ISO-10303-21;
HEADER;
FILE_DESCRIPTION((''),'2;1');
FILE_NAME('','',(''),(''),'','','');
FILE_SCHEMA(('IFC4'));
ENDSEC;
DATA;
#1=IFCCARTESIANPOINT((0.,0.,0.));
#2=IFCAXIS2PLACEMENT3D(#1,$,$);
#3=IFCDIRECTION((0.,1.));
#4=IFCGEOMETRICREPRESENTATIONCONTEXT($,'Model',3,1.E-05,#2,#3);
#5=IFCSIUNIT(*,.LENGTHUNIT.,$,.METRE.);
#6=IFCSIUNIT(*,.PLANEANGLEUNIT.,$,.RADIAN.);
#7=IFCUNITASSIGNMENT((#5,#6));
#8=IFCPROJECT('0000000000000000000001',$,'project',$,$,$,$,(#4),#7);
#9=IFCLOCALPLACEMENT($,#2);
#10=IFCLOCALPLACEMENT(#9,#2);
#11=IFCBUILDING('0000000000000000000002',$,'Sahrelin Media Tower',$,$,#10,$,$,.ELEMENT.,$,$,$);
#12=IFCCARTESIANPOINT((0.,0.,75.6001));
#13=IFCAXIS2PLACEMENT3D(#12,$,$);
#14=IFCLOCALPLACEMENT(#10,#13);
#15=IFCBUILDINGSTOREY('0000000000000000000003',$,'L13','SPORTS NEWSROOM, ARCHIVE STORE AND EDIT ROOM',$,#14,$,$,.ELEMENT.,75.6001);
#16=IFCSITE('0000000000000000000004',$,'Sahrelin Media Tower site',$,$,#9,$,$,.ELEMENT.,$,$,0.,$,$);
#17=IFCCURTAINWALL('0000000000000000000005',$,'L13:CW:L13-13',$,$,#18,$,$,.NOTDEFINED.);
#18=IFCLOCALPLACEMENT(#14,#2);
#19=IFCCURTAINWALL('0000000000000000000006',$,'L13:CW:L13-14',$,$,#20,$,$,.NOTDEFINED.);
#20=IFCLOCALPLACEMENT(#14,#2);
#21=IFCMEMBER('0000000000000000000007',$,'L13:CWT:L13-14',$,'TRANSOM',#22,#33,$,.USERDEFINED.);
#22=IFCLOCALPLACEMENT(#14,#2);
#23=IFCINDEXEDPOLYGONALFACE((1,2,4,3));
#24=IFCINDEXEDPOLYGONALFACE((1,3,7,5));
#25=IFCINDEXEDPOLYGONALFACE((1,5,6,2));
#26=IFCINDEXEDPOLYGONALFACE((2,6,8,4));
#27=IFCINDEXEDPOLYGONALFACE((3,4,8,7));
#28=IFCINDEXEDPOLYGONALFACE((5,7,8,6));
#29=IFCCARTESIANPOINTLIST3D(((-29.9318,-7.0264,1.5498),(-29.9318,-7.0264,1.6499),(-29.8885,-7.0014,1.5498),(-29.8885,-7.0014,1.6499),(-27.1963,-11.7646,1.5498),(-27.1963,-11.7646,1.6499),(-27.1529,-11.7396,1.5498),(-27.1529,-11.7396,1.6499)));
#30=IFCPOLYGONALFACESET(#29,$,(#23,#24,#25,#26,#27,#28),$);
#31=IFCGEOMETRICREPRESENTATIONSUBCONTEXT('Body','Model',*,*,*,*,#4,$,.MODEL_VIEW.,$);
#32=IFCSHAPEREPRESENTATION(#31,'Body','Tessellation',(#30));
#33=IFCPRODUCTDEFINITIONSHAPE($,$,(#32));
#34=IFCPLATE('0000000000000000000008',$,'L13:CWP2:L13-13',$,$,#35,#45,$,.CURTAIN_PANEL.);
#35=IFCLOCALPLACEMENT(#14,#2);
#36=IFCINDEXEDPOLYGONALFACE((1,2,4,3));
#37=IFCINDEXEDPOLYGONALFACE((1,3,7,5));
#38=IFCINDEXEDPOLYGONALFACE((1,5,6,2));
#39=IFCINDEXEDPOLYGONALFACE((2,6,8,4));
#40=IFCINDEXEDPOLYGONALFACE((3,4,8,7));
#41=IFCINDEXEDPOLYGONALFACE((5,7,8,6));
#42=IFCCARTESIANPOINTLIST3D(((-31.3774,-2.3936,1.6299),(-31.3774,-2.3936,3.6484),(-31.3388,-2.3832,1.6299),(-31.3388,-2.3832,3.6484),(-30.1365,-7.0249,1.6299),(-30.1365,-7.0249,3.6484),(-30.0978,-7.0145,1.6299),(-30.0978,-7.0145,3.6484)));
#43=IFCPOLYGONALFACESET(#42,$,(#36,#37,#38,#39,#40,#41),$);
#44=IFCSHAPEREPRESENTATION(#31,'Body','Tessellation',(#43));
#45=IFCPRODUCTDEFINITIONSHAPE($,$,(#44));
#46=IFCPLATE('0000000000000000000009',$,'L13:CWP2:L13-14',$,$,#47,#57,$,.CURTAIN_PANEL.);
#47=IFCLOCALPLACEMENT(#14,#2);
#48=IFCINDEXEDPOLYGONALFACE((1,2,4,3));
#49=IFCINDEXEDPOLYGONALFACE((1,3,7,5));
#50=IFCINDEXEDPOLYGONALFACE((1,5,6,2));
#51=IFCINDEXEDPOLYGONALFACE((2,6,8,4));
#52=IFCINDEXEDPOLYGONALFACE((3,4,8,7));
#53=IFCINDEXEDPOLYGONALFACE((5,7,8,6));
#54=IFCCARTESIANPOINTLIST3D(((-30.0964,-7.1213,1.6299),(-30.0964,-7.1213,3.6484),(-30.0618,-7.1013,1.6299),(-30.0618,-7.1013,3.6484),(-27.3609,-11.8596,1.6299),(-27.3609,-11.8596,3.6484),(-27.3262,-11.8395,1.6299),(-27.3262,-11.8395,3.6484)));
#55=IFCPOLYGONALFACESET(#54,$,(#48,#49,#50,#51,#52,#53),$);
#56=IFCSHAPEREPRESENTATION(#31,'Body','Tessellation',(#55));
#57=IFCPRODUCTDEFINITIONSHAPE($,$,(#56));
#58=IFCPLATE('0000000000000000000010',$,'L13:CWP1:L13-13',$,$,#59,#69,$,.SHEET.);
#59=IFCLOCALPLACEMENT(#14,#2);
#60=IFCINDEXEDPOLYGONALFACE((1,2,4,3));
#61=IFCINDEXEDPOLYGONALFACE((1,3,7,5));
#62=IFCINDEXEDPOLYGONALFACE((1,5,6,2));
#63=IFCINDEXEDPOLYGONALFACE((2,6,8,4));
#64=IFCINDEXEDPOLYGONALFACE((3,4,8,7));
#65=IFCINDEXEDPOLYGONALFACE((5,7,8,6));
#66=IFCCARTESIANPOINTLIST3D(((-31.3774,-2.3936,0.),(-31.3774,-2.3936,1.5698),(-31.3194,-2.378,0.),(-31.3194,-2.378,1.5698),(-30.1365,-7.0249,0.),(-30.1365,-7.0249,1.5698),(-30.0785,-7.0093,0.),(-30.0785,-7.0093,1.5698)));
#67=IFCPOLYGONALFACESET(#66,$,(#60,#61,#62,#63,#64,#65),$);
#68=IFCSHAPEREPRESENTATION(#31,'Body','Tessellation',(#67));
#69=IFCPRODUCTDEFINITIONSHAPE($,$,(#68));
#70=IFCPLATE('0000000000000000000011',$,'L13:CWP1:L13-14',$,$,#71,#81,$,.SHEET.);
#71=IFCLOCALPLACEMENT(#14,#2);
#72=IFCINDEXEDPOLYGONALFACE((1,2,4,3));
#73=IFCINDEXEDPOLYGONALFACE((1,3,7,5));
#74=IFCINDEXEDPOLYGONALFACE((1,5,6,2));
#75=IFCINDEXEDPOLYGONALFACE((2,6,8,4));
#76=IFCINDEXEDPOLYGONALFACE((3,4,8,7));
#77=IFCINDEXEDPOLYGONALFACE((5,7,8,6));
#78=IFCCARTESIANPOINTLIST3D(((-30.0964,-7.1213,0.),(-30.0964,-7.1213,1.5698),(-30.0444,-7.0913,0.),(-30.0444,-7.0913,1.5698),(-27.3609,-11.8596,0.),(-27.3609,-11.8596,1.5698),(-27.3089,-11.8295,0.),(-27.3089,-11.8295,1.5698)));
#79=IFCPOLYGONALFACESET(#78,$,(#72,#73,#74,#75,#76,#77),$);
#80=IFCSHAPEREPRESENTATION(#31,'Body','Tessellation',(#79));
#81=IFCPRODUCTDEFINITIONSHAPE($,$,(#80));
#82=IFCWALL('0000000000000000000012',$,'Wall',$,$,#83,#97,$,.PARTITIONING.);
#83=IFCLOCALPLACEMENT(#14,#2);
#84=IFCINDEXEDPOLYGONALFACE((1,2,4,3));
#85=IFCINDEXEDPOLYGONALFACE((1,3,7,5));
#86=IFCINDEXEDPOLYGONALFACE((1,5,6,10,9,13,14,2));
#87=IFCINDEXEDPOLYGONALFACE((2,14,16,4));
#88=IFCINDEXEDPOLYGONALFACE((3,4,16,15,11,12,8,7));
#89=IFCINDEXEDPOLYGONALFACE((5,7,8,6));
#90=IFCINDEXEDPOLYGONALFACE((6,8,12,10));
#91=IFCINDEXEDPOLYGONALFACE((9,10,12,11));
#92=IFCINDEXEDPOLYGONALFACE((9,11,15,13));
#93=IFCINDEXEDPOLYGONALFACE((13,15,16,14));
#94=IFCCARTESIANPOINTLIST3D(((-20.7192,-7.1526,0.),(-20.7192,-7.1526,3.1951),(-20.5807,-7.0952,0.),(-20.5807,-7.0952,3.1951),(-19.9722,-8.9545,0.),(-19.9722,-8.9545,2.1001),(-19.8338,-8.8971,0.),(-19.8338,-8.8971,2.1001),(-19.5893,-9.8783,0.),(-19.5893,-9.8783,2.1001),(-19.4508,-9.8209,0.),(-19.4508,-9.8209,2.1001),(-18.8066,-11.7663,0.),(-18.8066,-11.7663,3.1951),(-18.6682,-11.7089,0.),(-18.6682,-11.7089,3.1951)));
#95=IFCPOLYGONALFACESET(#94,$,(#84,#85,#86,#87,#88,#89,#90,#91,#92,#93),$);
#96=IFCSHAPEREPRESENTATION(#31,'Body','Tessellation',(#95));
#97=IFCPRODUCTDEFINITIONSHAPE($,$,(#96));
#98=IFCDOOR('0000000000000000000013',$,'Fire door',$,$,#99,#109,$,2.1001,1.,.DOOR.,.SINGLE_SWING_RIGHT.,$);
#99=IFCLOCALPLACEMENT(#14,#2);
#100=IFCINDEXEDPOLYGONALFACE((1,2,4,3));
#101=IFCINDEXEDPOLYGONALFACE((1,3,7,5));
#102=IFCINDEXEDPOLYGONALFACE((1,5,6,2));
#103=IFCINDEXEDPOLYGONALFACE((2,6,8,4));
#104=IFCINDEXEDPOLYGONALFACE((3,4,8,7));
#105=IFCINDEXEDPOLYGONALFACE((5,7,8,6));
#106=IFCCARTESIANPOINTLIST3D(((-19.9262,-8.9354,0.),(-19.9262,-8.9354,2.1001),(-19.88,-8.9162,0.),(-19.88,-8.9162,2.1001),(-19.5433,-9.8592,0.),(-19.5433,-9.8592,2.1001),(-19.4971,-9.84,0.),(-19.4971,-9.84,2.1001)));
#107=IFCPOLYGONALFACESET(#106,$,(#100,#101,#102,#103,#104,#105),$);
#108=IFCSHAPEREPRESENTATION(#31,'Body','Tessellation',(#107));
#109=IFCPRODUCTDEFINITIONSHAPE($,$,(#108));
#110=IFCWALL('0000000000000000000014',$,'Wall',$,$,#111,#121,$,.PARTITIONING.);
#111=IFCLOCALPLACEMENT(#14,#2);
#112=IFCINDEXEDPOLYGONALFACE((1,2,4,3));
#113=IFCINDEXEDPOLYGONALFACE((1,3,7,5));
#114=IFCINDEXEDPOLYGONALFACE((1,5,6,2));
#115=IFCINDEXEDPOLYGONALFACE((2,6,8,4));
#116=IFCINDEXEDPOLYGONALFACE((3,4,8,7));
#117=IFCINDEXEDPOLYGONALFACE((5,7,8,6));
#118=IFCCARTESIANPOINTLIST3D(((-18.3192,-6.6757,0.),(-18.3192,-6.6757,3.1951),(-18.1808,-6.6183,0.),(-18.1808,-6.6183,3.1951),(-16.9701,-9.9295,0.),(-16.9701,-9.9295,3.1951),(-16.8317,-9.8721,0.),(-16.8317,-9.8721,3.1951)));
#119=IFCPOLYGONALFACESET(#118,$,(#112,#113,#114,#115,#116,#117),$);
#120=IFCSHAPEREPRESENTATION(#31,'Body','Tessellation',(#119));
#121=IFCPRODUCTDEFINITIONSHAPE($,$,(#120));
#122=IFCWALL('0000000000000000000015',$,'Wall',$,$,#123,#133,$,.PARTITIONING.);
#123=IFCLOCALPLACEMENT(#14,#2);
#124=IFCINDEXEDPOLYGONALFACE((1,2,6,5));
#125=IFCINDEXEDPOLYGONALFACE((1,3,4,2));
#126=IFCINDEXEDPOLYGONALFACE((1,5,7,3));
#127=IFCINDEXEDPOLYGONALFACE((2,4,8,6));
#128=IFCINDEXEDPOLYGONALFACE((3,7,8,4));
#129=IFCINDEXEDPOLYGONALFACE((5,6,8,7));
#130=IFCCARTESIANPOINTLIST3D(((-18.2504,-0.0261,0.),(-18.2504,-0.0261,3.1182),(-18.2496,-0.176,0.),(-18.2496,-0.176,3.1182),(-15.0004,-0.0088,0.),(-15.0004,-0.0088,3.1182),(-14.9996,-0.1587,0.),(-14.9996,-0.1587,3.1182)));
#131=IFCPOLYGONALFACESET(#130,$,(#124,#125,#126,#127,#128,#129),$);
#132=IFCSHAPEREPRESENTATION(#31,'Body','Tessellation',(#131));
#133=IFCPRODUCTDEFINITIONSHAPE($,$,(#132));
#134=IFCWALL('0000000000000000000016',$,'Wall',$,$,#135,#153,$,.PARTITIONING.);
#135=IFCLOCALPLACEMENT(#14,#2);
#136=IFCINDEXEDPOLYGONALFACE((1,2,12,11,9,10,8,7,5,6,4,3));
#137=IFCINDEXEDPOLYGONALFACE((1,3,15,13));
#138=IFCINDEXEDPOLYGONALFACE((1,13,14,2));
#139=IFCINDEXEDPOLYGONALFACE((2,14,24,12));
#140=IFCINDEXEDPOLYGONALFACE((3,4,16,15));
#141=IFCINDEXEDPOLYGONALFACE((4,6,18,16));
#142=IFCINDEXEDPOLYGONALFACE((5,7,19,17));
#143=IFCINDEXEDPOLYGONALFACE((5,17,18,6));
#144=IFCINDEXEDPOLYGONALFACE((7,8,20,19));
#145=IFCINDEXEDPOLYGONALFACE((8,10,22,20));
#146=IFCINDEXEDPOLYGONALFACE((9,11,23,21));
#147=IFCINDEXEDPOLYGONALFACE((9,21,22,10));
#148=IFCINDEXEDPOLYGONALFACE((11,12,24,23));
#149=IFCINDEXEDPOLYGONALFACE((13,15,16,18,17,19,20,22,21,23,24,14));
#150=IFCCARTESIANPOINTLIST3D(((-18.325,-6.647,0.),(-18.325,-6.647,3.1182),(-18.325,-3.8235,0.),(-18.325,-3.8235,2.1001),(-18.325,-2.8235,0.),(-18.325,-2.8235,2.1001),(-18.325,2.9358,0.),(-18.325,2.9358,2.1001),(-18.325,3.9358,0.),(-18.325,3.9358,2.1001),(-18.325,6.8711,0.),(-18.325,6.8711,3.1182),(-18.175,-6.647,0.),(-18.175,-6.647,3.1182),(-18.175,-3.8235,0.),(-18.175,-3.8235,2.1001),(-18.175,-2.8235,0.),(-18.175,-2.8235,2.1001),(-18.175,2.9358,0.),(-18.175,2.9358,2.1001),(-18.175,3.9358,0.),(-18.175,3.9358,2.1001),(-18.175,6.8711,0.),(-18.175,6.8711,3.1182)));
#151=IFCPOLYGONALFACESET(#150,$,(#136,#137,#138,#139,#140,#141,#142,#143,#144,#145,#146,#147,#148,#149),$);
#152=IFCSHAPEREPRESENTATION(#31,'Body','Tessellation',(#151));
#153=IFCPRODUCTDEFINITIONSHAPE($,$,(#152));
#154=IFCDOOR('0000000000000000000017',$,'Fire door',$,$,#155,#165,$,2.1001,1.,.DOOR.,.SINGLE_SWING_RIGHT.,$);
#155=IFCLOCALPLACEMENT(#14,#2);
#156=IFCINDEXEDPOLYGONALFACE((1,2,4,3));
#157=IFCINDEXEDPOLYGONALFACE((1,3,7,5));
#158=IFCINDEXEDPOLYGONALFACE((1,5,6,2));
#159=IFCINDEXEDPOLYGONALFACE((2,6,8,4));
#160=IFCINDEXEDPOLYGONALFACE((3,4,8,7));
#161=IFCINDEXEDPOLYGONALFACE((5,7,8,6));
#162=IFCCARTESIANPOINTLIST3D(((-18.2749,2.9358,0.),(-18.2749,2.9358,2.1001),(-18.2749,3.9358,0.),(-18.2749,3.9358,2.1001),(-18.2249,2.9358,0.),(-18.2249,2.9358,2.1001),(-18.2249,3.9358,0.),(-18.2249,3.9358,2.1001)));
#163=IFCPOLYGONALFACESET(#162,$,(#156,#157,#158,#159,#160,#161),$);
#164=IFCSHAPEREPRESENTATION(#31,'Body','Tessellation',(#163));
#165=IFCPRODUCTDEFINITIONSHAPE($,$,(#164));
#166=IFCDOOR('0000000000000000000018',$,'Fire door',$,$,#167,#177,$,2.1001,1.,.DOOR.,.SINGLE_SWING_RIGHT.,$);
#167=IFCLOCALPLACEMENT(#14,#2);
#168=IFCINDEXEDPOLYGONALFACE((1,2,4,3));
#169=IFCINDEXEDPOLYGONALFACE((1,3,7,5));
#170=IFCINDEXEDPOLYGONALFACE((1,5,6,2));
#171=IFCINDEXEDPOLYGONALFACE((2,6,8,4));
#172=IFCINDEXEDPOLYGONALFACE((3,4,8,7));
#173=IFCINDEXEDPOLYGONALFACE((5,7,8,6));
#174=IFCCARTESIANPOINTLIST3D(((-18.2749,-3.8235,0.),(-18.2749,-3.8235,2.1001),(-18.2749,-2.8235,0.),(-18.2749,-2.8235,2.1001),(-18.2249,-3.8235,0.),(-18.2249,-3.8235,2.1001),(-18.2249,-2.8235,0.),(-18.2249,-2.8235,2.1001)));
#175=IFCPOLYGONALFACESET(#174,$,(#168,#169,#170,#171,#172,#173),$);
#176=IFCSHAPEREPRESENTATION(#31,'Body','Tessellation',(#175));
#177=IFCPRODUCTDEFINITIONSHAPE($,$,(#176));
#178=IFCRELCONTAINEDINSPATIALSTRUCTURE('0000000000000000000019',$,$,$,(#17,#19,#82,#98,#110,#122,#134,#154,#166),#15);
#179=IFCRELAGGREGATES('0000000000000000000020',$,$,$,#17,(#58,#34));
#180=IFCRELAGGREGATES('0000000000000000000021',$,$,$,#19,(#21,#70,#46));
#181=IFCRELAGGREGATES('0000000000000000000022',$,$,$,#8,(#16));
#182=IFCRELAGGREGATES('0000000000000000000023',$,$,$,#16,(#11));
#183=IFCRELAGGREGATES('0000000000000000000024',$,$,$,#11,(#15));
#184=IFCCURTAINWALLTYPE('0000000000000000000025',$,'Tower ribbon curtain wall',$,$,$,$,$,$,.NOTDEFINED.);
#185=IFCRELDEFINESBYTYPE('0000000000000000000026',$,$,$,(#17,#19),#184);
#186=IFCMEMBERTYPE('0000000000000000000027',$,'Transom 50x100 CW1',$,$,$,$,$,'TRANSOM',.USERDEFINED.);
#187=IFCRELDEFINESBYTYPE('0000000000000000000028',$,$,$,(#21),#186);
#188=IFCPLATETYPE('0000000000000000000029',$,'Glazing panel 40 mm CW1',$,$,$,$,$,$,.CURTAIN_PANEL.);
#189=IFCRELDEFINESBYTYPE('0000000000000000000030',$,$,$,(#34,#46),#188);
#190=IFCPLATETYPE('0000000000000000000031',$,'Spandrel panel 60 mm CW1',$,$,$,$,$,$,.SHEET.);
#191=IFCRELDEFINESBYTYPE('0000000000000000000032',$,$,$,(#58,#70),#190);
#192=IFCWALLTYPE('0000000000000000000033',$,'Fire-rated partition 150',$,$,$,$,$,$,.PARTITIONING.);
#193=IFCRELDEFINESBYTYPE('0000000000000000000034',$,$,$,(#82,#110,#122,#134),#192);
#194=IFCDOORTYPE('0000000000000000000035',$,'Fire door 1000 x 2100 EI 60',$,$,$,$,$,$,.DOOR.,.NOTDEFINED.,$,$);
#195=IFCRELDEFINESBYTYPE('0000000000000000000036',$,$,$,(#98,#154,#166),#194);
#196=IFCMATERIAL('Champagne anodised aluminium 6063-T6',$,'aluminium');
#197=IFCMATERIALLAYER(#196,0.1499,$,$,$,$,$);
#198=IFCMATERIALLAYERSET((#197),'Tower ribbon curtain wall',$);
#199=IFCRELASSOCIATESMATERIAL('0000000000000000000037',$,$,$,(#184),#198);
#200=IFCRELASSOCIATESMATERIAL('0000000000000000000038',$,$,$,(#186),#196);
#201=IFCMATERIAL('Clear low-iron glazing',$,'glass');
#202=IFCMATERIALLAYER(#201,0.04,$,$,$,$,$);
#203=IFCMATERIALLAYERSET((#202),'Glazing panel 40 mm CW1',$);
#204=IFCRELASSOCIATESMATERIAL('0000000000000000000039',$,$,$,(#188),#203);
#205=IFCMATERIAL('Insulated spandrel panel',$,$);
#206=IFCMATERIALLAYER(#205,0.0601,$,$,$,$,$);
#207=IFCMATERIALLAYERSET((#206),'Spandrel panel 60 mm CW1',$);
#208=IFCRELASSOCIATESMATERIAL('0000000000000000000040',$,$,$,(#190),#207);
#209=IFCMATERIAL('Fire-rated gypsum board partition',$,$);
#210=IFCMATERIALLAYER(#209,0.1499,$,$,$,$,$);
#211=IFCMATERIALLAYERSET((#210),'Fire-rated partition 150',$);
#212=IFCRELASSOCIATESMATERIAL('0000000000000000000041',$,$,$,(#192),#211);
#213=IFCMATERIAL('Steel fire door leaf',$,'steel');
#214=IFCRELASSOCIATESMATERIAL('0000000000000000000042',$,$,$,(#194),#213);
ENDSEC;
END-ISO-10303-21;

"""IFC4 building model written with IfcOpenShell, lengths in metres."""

from ifc_helpers import new_model, si_unit, direction, frame, frame_2d, origin, origin_2d, place, context, subcontext, project, spatial, polyline, rectangle, outline, extrude, material, layer, layer_set, material_profile, profile_set, type_object, element, fill, aggregate, save


model = new_model("IFC4")

# Units and contexts
model_context = context("Model", 3, precision=1e-05, world=origin(), true_north=direction((0.0, 1.0)))
body_context = subcontext(model_context, "Body", "Model", "MODEL_VIEW")
ifc_project = project(units=[si_unit("LENGTHUNIT", "METRE"), si_unit("PLANEANGLEUNIT", "RADIAN")], contexts=[model_context])

# Site, building, storey
site_placement = place(None, origin())
site = spatial("IfcSite", under=ifc_project, at=site_placement, Name="Sahrelin Media Tower site", CompositionType="ELEMENT", RefElevation=0.0)
building_placement = place(site_placement, origin())
building = spatial("IfcBuilding", under=site, at=building_placement, Name="Sahrelin Media Tower", CompositionType="ELEMENT")
storey_placement = place(building_placement, frame((0.0, 0.0, 75.6001)))
storey = spatial("IfcBuildingStorey", under=building, at=storey_placement, Name="L13", Description="SPORTS NEWSROOM, ARCHIVE STORE AND EDIT ROOM", CompositionType="ELEMENT", Elevation=75.6001)

# Curtain walls
ifc_material_1 = material(Name="Champagne anodised aluminium 6063-T6", Category="aluminium")
ifc_layer_1 = layer(ifc_material_1, 0.1499)
ifc_layer_set_1 = layer_set([ifc_layer_1], Name="Tower ribbon curtain wall")
curtain_wall_type = type_object("IfcCurtainWallType", Name="Tower ribbon curtain wall", PredefinedType="NOTDEFINED", material=ifc_layer_set_1)
curtain_wall_1_placement = place(storey_placement, frame((-30.7375, -4.7041, 0.0), z_axis=(0.0, 0.0, 1.0), x_axis=(1.0, 0.0, 0.0)))
curtain_wall_1 = element("IfcCurtainWall", 1, at=curtain_wall_1_placement, inside=storey, type_object=curtain_wall_type, Name="L13:CW:L13-13", PredefinedType="NOTDEFINED")
curtain_wall_2_placement = place(storey_placement, frame((-28.7112, -9.4805, 0.0), z_axis=(0.0, 0.0, 1.0), x_axis=(1.0, 0.0, 0.0)))
curtain_wall_2 = element("IfcCurtainWall", 2, at=curtain_wall_2_placement, inside=storey, type_object=curtain_wall_type, Name="L13:CW:L13-14", PredefinedType="NOTDEFINED")

# Member
ifc_material_profile_1 = material_profile(ifc_material_1, rectangle(XDim=0.05, YDim=0.1001, at=origin_2d()), Name="Transom 50x100")
ifc_profile_set_1 = profile_set([ifc_material_profile_1], Name="Champagne anodised aluminium 6063-T6")
member_type_1 = type_object("IfcMemberType", Name="Transom 50x100 CW1", ElementType="TRANSOM", PredefinedType="USERDEFINED", material=ifc_profile_set_1)
member_1_placement = place(storey_placement, frame((-29.9102, -7.0139, 1.5999), z_axis=(0.499993, -0.86603, 0.0), x_axis=(0.86603, 0.499993, 0.0)))
member_1 = element("IfcMember", 3, at=member_1_placement, type_object=member_type_1, Name="L13:CWT:L13-14", ObjectType="TRANSOM", PredefinedType="USERDEFINED", context=body_context, shape_type="SweptSolid", body=[
    extrude(rectangle(XDim=0.05, YDim=0.1001, at=origin_2d()), origin(), (0.0, 0.0, 1.0), 5.4712),
])

# Plates
ifc_material_2 = material(Name="Clear low-iron glazing", Category="glass")
ifc_layer_2 = layer(ifc_material_2, 0.04)
ifc_layer_set_2 = layer_set([ifc_layer_2], Name="Glazing panel 40 mm CW1")
plate_type_1 = type_object("IfcPlateType", Name="Glazing panel 40 mm CW1", PredefinedType="CURTAIN_PANEL", material=ifc_layer_set_2)
plate_1_placement = place(storey_placement, frame((-31.3774, -2.3936, 1.6299), z_axis=(-0.965926, -0.258819, 0.0), x_axis=(0.258819, -0.965926, 0.0)))
plate_1 = element("IfcPlate", 4, at=plate_1_placement, type_object=plate_type_1, Name="L13:CWP2:L13-13", PredefinedType="CURTAIN_PANEL", context=body_context, shape_type="SweptSolid", body=[
    extrude(outline(polyline([(0.0, 0.0), (4.7947, 0.0), (4.7947, 2.0186), (0.0, 2.0186), (0.0, 0.0)])), origin(), (0.0, 0.0, -1.0), 0.04),
])
plate_2_placement = place(storey_placement, frame((-30.0964, -7.1213, 1.6299), z_axis=(-0.86603, -0.499993, 0.0), x_axis=(0.499993, -0.86603, 0.0)))
plate_2 = element("IfcPlate", 5, at=plate_2_placement, type_object=plate_type_1, Name="L13:CWP2:L13-14", PredefinedType="CURTAIN_PANEL", context=body_context, shape_type="SweptSolid", body=[
    extrude(outline(polyline([(0.0, 0.0), (5.4712, 0.0), (5.4712, 2.0186), (0.0, 2.0186), (0.0, 0.0)])), origin(), (0.0, 0.0, -1.0), 0.04),
])
ifc_material_3 = material(Name="Insulated spandrel panel")
ifc_layer_3 = layer(ifc_material_3, 0.0601)
ifc_layer_set_3 = layer_set([ifc_layer_3], Name="Spandrel panel 60 mm CW1")
plate_type_2 = type_object("IfcPlateType", Name="Spandrel panel 60 mm CW1", PredefinedType="SHEET", material=ifc_layer_set_3)
plate_3_placement = place(storey_placement, frame((-31.3774, -2.3936, 0.0), z_axis=(-0.965926, -0.258819, 0.0), x_axis=(0.258819, -0.965926, 0.0)))
plate_3 = element("IfcPlate", 6, at=plate_3_placement, type_object=plate_type_2, Name="L13:CWP1:L13-13", PredefinedType="SHEET", context=body_context, shape_type="SweptSolid", body=[
    extrude(outline(polyline([(0.0, 0.0), (4.7947, 0.0), (4.7947, 1.5698), (0.0, 1.5698), (0.0, 0.0)])), origin(), (0.0, 0.0, -1.0), 0.0601),
])
aggregate(curtain_wall_1, [plate_3, plate_1])
plate_4_placement = place(storey_placement, frame((-30.0964, -7.1213, 0.0), z_axis=(-0.86603, -0.499993, 0.0), x_axis=(0.499993, -0.86603, 0.0)))
plate_4 = element("IfcPlate", 7, at=plate_4_placement, type_object=plate_type_2, Name="L13:CWP1:L13-14", PredefinedType="SHEET", context=body_context, shape_type="SweptSolid", body=[
    extrude(outline(polyline([(0.0, 0.0), (5.4712, 0.0), (5.4712, 1.5698), (0.0, 1.5698), (0.0, 0.0)])), origin(), (0.0, 0.0, -1.0), 0.0601),
])
aggregate(curtain_wall_2, [member_1, plate_4, plate_2])

# Wall, opening, door
ifc_material_4 = material(Name="Fire-rated gypsum board partition")
ifc_layer_4 = layer(ifc_material_4, 0.1499)
ifc_layer_set_4 = layer_set([ifc_layer_4], Name="Fire-rated partition 150")
wall_type_1 = type_object("IfcWallType", Name="Fire-rated partition 150", PredefinedType="PARTITIONING", material=ifc_layer_set_4)
wall_1_placement = place(storey_placement, frame((-20.6499, -7.124, 0.0), z_axis=(0.0, 0.0, 1.0), x_axis=(0.382942, -0.923772, 0.0)))
wall_1 = element("IfcWall", 8, at=wall_1_placement, inside=storey, type_object=wall_type_1, Name="Wall", PredefinedType="PARTITIONING", context=body_context, shape_type="SweptSolid", body=[
    extrude(rectangle(XDim=4.9944, YDim=0.1499, at=frame_2d((2.4971, 0.0))), origin(), (0.0, 0.0, 1.0), 3.1951),
])
opening_1_placement = place(wall_1_placement, frame((1.9504, 0.0, 0.0)))
opening_1 = element("IfcOpeningElement", 9, at=opening_1_placement, cuts=wall_1, PredefinedType="OPENING", context=body_context, shape_type="SweptSolid", body=[
    extrude(rectangle(XDim=1.0, YDim=2.1001, at=frame_2d((0.5, 1.05))), frame((0.0, 0.075, 0.0), z_axis=(0.0, -1.0, 0.0), x_axis=(1.0, 0.0, 0.0)), (0.0, 0.0, 1.0), 0.1499),
])
ifc_material_5 = material(Name="Steel fire door leaf", Category="steel")
door_type_1 = type_object("IfcDoorType", Name="Fire door 1000 x 2100 EI 60", OperationType="NOTDEFINED", PredefinedType="DOOR", material=ifc_material_5)
door_1_placement = place(opening_1_placement, origin())
door_1 = element("IfcDoor", 10, at=door_1_placement, inside=storey, type_object=door_type_1, Name="Fire door", OperationType="SINGLE_SWING_RIGHT", OverallHeight=2.1001, OverallWidth=1.0, PredefinedType="DOOR", context=body_context, shape_type="SweptSolid", body=[
    extrude(rectangle(XDim=1.0, YDim=2.1001, at=frame_2d((0.5, 1.05))), frame((0.0, 0.0249, 0.0), z_axis=(0.0, -1.0, 0.0), x_axis=(1.0, 0.0, 0.0)), (0.0, 0.0, 1.0), 0.05),
])
fill(opening_1, door_1)

# Walls
wall_2_placement = place(storey_placement, frame((-18.25, -6.647, 0.0), z_axis=(0.0, 0.0, 1.0), x_axis=(0.383001, -0.923748, 0.0)))
element("IfcWall", 11, at=wall_2_placement, inside=storey, type_object=wall_type_1, Name="Wall", PredefinedType="PARTITIONING", context=body_context, shape_type="SweptSolid", body=[
    extrude(rectangle(XDim=3.5225, YDim=0.1499, at=frame_2d((1.7612, 0.0))), origin(), (0.0, 0.0, 1.0), 3.1951),
])
wall_3_placement = place(storey_placement, frame((-18.25, -0.1011, 0.0), z_axis=(0.0, 0.0, 1.0), x_axis=(0.999986, 0.005333, 0.0)))
element("IfcWall", 12, at=wall_3_placement, inside=storey, type_object=wall_type_1, Name="Wall", PredefinedType="PARTITIONING", context=body_context, shape_type="SweptSolid", body=[
    extrude(rectangle(XDim=3.25, YDim=0.1499, at=frame_2d((1.625, 0.0))), origin(), (0.0, 0.0, 1.0), 3.1182),
])

# Wall, openings, doors
wall_4_placement = place(storey_placement, frame((-18.25, -6.647, 0.0), z_axis=(0.0, 0.0, 1.0), x_axis=(0.0, 1.0, 0.0)))
wall_4 = element("IfcWall", 13, at=wall_4_placement, inside=storey, type_object=wall_type_1, Name="Wall", PredefinedType="PARTITIONING", context=body_context, shape_type="SweptSolid", body=[
    extrude(rectangle(XDim=13.5181, YDim=0.1499, at=frame_2d((6.759, 0.0))), origin(), (0.0, 0.0, 1.0), 3.1182),
])
opening_2_placement = place(wall_4_placement, frame((9.5828, 0.0, 0.0)))
opening_2 = element("IfcOpeningElement", 14, at=opening_2_placement, cuts=wall_4, PredefinedType="OPENING", context=body_context, shape_type="SweptSolid", body=[
    extrude(rectangle(XDim=1.0, YDim=2.1001, at=frame_2d((0.5, 1.05))), frame((0.0, 0.075, 0.0), z_axis=(0.0, -1.0, 0.0), x_axis=(1.0, 0.0, 0.0)), (0.0, 0.0, 1.0), 0.1499),
])
opening_3_placement = place(wall_4_placement, frame((2.8235, 0.0, 0.0)))
opening_3 = element("IfcOpeningElement", 15, at=opening_3_placement, cuts=wall_4, PredefinedType="OPENING", context=body_context, shape_type="SweptSolid", body=[
    extrude(rectangle(XDim=1.0, YDim=2.1001, at=frame_2d((0.5, 1.05))), frame((0.0, 0.075, 0.0), z_axis=(0.0, -1.0, 0.0), x_axis=(1.0, 0.0, 0.0)), (0.0, 0.0, 1.0), 0.1499),
])
door_2_placement = place(opening_2_placement, origin())
door_2 = element("IfcDoor", 16, at=door_2_placement, inside=storey, type_object=door_type_1, Name="Fire door", OperationType="SINGLE_SWING_RIGHT", OverallHeight=2.1001, OverallWidth=1.0, PredefinedType="DOOR", context=body_context, shape_type="SweptSolid", body=[
    extrude(rectangle(XDim=1.0, YDim=2.1001, at=frame_2d((0.5, 1.05))), frame((0.0, 0.0249, 0.0), z_axis=(0.0, -1.0, 0.0), x_axis=(1.0, 0.0, 0.0)), (0.0, 0.0, 1.0), 0.05),
])
fill(opening_2, door_2)
door_3_placement = place(opening_3_placement, origin())
door_3 = element("IfcDoor", 17, at=door_3_placement, inside=storey, type_object=door_type_1, Name="Fire door", OperationType="SINGLE_SWING_RIGHT", OverallHeight=2.1001, OverallWidth=1.0, PredefinedType="DOOR", context=body_context, shape_type="SweptSolid", body=[
    extrude(rectangle(XDim=1.0, YDim=2.1001, at=frame_2d((0.5, 1.05))), frame((0.0, 0.0249, 0.0), z_axis=(0.0, -1.0, 0.0), x_axis=(1.0, 0.0, 0.0)), (0.0, 0.0, 1.0), 0.05),
])
fill(opening_3, door_3)

save(model, "model.ifc")
